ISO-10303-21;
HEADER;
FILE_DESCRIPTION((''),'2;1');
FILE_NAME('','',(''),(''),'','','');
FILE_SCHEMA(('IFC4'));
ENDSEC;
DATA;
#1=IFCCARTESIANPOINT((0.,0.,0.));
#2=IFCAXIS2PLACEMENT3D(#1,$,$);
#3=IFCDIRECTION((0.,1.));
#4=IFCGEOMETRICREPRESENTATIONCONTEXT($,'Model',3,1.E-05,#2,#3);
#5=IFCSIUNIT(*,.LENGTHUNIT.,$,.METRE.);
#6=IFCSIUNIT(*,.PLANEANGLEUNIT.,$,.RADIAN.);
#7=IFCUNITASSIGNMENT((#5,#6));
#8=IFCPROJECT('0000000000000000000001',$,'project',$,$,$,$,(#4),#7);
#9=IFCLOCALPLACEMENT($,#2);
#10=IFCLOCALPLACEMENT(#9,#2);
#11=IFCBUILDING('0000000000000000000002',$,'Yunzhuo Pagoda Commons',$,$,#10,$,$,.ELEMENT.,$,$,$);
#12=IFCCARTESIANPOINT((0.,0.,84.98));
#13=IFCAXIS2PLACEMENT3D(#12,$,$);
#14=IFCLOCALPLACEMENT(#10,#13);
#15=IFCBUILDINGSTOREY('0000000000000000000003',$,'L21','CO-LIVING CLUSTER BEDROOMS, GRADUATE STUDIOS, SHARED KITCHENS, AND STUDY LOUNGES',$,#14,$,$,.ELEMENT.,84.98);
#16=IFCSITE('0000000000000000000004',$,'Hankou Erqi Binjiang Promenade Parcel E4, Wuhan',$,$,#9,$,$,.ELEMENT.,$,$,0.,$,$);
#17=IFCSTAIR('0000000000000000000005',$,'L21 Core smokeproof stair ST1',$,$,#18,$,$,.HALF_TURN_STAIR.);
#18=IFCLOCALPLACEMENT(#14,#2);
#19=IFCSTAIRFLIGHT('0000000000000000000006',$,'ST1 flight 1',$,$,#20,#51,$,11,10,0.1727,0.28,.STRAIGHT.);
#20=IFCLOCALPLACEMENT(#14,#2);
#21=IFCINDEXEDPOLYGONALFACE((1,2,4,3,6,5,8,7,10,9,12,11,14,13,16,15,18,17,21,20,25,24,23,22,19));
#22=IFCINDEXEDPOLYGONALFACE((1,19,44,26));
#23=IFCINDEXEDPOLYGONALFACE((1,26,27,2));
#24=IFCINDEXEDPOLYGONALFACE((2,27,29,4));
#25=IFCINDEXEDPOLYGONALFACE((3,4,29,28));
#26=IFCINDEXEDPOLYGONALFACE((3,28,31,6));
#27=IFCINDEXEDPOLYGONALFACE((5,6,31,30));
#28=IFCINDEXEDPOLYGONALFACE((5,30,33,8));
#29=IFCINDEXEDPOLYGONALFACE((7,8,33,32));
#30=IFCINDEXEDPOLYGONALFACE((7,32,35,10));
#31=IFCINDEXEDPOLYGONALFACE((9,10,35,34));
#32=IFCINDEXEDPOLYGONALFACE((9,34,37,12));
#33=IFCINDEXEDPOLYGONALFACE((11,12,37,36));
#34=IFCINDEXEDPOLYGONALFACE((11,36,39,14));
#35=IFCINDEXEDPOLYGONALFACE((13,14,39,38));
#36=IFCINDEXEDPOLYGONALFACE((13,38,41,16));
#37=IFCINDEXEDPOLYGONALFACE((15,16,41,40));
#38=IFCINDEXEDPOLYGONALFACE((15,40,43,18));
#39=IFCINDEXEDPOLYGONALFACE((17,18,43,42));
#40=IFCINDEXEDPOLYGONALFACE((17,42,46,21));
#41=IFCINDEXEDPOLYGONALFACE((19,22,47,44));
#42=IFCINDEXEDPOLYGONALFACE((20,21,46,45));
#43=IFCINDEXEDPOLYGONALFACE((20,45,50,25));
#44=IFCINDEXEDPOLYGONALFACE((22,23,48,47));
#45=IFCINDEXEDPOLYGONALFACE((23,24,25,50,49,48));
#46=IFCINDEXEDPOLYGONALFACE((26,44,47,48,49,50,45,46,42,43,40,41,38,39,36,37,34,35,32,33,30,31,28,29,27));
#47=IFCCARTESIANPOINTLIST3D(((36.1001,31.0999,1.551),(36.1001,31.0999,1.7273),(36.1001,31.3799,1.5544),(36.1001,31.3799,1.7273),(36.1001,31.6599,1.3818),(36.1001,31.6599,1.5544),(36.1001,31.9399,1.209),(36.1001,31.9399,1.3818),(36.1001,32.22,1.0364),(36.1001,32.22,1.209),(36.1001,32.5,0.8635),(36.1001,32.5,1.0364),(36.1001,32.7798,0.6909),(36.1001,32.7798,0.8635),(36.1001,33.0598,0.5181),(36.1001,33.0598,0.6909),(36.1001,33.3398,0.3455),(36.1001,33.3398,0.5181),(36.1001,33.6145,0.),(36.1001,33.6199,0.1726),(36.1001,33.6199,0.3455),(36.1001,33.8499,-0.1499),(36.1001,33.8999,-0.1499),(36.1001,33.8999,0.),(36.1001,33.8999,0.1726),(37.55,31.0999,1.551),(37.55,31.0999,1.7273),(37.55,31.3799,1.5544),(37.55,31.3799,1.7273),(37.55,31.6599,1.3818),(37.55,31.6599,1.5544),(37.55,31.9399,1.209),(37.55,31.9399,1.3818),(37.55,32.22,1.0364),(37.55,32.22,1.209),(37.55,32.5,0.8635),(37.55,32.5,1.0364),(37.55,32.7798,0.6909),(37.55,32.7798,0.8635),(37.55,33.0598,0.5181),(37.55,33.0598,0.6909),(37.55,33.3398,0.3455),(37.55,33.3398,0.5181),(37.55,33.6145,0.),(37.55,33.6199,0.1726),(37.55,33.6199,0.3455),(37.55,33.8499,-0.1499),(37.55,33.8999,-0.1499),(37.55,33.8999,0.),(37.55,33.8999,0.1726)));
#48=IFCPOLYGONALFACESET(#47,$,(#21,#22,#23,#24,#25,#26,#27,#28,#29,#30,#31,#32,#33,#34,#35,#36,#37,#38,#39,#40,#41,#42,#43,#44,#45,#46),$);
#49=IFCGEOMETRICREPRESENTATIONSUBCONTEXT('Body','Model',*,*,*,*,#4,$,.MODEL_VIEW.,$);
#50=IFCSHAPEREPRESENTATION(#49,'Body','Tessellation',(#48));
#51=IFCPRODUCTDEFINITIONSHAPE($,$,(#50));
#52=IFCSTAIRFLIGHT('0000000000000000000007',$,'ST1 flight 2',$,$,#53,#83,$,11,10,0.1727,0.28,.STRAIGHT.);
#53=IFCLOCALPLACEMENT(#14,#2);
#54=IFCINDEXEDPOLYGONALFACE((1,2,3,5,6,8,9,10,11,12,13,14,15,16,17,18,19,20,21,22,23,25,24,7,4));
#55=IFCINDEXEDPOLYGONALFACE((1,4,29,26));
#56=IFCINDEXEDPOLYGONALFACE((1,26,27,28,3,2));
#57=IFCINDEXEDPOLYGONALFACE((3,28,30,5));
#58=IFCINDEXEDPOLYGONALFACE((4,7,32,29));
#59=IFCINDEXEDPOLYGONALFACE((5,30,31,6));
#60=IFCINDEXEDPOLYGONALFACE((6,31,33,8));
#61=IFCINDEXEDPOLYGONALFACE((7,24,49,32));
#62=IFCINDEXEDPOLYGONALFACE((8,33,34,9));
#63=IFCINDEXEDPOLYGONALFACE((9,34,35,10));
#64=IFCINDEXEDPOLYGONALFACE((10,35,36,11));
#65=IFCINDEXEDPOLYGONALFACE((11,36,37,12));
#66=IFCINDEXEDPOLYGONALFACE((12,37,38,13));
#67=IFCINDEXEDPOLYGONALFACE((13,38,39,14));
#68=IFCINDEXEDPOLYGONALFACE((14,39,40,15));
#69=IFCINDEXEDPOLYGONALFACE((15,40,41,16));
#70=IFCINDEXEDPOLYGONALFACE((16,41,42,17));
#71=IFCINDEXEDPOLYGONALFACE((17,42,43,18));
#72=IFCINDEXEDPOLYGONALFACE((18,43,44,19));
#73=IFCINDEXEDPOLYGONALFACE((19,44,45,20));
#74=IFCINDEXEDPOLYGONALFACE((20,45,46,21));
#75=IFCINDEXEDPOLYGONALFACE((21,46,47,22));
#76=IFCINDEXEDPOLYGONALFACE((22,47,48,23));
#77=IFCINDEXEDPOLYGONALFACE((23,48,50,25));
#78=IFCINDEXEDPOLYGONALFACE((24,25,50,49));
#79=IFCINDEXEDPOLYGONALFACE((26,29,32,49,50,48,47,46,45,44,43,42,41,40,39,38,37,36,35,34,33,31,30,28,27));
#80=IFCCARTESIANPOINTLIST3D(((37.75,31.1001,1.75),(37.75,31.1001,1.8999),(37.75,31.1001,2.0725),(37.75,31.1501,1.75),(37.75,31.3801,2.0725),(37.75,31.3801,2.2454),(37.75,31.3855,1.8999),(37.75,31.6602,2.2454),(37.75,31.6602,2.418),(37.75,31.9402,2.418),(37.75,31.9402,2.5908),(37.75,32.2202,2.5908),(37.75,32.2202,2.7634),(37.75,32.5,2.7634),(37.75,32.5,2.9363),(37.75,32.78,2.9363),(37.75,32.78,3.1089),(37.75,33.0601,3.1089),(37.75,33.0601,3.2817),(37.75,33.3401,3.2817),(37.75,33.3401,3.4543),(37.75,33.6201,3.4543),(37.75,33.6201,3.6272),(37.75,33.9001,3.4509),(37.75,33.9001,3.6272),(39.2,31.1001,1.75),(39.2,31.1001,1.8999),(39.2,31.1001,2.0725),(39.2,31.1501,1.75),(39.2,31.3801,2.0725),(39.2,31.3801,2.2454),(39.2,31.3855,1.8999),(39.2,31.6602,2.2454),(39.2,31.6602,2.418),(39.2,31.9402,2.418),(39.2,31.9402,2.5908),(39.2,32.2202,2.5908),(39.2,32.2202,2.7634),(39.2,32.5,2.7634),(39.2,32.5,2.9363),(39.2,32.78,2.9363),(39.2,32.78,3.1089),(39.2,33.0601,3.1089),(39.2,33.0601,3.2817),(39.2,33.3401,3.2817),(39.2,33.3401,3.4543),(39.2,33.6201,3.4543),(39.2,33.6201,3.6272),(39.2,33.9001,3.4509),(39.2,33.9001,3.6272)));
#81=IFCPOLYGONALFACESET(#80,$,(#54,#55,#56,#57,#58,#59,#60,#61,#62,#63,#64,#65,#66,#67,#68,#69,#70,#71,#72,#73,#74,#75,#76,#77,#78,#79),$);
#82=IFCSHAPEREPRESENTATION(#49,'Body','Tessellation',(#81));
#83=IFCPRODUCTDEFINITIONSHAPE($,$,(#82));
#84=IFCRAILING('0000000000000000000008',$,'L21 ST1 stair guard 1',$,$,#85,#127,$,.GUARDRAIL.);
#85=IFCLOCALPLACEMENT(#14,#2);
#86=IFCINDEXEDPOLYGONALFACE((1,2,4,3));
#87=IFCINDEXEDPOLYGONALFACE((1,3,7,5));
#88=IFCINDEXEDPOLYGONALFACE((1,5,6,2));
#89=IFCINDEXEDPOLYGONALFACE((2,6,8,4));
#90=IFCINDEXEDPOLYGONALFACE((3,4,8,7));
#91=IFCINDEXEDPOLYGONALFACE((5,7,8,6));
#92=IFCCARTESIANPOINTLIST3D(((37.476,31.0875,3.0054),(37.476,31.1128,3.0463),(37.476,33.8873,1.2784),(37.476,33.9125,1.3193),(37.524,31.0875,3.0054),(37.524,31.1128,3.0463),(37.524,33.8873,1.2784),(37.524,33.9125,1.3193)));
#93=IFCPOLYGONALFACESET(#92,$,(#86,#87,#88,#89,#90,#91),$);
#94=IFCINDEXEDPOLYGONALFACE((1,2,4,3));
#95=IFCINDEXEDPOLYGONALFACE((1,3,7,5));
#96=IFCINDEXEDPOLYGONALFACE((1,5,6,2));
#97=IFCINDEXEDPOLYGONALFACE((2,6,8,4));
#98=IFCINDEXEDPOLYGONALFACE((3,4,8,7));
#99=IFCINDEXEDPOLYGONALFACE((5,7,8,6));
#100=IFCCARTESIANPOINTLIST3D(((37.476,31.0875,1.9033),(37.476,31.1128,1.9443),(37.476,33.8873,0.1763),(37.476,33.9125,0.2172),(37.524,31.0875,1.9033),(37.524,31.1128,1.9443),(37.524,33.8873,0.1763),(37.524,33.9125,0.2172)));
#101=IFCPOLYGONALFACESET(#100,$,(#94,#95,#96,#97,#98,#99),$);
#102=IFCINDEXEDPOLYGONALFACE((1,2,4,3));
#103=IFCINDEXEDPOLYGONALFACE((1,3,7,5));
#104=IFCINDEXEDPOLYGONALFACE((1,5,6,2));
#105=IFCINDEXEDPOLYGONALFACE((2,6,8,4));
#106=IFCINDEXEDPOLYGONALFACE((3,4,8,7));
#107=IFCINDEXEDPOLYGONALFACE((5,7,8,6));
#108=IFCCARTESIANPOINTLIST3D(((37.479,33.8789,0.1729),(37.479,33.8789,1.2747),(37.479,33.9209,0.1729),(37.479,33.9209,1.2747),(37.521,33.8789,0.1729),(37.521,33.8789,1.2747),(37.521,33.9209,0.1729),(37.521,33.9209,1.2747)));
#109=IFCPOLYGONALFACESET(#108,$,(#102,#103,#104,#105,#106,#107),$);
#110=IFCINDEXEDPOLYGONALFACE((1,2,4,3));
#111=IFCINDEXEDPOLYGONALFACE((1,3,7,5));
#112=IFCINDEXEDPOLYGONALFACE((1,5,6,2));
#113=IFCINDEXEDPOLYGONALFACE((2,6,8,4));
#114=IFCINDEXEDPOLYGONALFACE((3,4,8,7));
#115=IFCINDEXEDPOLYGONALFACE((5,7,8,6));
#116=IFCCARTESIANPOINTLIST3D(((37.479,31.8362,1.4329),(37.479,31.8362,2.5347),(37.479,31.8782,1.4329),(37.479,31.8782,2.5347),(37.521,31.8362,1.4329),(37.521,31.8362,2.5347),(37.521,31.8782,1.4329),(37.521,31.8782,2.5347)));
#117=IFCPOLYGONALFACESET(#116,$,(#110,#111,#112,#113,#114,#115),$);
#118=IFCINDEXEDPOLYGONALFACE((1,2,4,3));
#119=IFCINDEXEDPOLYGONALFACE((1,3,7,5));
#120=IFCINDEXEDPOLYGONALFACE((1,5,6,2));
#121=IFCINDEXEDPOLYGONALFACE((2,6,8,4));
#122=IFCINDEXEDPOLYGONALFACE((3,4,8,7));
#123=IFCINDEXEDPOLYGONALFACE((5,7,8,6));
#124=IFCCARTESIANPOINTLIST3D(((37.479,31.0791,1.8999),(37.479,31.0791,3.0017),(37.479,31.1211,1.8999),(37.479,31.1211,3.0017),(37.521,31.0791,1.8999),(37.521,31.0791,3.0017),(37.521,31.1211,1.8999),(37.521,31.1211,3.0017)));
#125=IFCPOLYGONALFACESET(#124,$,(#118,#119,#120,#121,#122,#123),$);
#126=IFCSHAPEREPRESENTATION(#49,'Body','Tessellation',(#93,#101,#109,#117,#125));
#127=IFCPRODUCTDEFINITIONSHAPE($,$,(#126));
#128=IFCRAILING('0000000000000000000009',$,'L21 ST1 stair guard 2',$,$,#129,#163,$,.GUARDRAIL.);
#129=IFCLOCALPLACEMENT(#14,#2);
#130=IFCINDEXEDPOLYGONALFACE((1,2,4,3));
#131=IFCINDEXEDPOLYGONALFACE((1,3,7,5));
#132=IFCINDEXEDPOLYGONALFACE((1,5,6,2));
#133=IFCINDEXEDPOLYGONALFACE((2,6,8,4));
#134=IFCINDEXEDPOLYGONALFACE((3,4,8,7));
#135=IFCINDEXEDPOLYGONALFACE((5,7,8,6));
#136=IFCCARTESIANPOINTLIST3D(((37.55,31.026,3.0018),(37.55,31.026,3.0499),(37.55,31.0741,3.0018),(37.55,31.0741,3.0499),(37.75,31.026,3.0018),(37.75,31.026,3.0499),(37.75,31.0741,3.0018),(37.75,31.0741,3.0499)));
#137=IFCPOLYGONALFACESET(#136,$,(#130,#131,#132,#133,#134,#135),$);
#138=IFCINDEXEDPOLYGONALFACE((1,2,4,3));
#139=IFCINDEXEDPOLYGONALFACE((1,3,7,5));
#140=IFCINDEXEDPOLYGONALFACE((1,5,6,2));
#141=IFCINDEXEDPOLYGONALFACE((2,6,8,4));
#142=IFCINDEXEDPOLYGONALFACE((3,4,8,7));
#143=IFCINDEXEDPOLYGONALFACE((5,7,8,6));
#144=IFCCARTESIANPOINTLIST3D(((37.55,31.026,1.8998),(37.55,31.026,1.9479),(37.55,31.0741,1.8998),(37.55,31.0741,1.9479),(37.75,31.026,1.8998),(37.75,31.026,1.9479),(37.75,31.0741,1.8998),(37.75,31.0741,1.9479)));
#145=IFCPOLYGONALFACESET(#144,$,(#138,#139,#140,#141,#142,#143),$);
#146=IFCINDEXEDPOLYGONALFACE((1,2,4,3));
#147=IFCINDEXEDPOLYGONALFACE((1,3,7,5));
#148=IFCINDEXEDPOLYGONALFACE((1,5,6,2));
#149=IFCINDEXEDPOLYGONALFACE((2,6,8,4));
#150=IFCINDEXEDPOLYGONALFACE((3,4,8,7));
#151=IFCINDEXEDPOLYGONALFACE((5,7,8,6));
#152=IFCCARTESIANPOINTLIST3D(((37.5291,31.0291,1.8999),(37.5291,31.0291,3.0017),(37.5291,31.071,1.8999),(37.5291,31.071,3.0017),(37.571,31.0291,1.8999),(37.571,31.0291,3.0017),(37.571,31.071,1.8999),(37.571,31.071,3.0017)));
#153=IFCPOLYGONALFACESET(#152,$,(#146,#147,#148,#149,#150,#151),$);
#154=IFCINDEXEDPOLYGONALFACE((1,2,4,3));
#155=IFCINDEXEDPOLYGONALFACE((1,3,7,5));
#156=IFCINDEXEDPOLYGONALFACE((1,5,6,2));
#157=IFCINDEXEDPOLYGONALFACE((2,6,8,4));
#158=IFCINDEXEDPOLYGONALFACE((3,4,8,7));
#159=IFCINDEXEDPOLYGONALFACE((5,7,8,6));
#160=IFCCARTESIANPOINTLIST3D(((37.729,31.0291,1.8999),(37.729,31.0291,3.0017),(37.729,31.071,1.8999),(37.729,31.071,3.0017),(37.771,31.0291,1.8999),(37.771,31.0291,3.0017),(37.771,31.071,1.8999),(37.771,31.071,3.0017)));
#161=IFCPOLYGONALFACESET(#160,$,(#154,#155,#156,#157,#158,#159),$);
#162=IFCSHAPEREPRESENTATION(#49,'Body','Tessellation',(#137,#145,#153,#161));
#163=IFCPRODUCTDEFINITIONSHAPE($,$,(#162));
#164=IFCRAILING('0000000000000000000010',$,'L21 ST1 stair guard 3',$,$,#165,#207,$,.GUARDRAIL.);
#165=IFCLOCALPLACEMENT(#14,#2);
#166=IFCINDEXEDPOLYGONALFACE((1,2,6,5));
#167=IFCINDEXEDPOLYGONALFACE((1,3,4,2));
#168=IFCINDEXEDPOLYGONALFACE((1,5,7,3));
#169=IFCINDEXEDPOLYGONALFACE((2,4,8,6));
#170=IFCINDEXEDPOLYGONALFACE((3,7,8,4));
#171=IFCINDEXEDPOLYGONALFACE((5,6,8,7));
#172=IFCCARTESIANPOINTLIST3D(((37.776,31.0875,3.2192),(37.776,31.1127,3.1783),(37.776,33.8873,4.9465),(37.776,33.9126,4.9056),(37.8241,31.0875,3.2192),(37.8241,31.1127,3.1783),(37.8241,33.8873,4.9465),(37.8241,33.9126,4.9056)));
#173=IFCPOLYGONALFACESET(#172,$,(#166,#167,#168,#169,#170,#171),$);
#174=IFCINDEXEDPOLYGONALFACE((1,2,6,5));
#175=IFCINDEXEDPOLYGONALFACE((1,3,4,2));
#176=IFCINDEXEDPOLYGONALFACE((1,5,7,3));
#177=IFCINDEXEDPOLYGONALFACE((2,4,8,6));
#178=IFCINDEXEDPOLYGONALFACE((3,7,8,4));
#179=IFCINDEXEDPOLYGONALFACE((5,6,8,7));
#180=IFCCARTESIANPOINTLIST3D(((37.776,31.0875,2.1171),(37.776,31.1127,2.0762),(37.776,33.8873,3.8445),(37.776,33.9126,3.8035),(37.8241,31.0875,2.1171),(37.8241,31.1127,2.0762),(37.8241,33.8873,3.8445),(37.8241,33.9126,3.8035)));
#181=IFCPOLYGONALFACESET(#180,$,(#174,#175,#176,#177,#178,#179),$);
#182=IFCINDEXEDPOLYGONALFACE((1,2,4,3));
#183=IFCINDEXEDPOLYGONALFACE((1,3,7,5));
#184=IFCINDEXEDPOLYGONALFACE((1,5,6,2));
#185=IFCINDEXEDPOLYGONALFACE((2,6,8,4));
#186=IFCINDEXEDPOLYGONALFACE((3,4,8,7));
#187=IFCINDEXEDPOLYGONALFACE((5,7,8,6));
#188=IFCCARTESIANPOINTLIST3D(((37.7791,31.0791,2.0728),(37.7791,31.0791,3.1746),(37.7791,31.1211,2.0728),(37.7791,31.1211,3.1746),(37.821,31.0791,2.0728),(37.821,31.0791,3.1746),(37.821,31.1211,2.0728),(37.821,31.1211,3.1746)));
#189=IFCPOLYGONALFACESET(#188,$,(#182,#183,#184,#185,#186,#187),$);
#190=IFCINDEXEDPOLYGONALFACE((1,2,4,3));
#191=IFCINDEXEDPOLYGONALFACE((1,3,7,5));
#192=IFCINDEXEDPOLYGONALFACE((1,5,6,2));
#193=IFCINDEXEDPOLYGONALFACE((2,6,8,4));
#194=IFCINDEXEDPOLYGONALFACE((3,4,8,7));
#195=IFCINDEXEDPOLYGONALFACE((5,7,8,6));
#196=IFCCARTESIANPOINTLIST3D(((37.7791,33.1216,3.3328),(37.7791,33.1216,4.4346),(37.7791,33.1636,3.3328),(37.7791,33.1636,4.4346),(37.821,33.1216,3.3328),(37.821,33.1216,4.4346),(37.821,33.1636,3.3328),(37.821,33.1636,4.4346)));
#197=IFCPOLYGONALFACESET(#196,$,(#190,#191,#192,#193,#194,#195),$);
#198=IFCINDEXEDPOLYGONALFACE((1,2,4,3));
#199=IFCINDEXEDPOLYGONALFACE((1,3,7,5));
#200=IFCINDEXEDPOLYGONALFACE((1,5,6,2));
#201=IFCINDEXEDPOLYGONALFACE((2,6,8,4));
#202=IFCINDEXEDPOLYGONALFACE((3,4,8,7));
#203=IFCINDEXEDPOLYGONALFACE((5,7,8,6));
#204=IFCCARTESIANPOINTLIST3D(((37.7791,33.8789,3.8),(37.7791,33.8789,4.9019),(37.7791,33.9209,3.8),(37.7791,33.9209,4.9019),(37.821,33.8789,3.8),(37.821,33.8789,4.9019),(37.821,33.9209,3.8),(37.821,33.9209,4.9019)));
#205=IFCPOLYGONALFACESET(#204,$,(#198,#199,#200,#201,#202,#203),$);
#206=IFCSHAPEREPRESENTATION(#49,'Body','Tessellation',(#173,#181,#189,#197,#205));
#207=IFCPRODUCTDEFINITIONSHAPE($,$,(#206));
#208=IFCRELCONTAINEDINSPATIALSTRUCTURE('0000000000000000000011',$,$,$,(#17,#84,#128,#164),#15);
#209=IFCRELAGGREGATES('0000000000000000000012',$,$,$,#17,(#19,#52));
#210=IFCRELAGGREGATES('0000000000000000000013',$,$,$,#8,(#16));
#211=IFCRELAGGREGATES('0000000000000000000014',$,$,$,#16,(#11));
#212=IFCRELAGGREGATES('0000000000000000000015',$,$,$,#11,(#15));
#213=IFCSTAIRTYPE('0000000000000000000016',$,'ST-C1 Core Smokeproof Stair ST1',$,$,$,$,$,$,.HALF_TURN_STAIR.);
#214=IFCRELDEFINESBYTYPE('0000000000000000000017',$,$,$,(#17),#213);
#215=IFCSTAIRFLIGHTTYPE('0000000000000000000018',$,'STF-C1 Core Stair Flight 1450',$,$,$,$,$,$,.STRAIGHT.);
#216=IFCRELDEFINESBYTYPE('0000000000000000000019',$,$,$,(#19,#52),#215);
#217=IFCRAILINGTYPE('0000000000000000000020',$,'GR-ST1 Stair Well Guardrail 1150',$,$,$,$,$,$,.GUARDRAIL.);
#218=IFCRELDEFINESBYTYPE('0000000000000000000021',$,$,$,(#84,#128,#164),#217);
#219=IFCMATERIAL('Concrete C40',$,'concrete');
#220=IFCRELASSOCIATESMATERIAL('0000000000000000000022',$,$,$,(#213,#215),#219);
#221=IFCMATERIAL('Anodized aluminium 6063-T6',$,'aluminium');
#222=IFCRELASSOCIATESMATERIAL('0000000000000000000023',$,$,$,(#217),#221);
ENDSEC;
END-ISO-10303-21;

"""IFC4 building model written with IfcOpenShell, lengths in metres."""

from ifc_helpers import new_model, si_unit, direction, frame, origin, origin_2d, place, context, subcontext, project, spatial, polyline, rectangle, outline, extrude, source, transform, mapped, material, type_object, element, aggregate, save


model = new_model("IFC4")

# Units and contexts
model_context = context("Model", 3, precision=1e-05, world=origin(), true_north=direction((0.0, 1.0)))
body_context = subcontext(model_context, "Body", "Model", "MODEL_VIEW")
ifc_project = project(units=[si_unit("LENGTHUNIT", "METRE"), si_unit("PLANEANGLEUNIT", "RADIAN")], contexts=[model_context])

# Site, building, storey
site_placement = place(None, origin())
site = spatial("IfcSite", under=ifc_project, at=site_placement, Name="Hankou Erqi Binjiang Promenade Parcel E4, Wuhan", CompositionType="ELEMENT", RefElevation=0.0)
building_placement = place(site_placement, origin())
building = spatial("IfcBuilding", under=site, at=building_placement, Name="Yunzhuo Pagoda Commons", CompositionType="ELEMENT")
storey_placement = place(building_placement, frame((0.0, 0.0, 84.98)))
storey = spatial("IfcBuildingStorey", under=building, at=storey_placement, Name="L21", Description="CO-LIVING CLUSTER BEDROOMS, GRADUATE STUDIOS, SHARED KITCHENS, AND STUDY LOUNGES", CompositionType="ELEMENT", Elevation=84.98)

# Shared definitions
ifc_material_1 = material(Name="Concrete C40", Category="concrete")

# Stair, stair flights
stair_type = type_object("IfcStairType", Name="ST-C1 Core Smokeproof Stair ST1", PredefinedType="HALF_TURN_STAIR", material=ifc_material_1)
stair_placement = place(storey_placement, origin())
stair = element("IfcStair", 1, at=stair_placement, inside=storey, type_object=stair_type, Name="L21 Core smokeproof stair ST1", PredefinedType="HALF_TURN_STAIR")
stair_flight_type = type_object("IfcStairFlightType", Name="STF-C1 Core Stair Flight 1450", PredefinedType="STRAIGHT", material=ifc_material_1)
shared_shape_1 = source(origin(), body_context, "Body", "SweptSolid", [
    extrude(outline(polyline([(0.0, -0.1499), (0.0, 0.0), (0.0, 0.1726), (0.28, 0.1726), (0.28, 0.3455), (0.5601, 0.3455), (0.5601, 0.5181), (0.8401, 0.5181), (0.8401, 0.6909), (1.1201, 0.6909), (1.1201, 0.8635), (1.3999, 0.8635), (1.3999, 1.0364), (1.6799, 1.0364), (1.6799, 1.209), (1.96, 1.209), (1.96, 1.3818), (2.24, 1.3818), (2.24, 1.5544), (2.52, 1.5544), (2.52, 1.7273), (2.8, 1.7273), (2.8, 1.8999), (2.8, 1.551), (0.2854, 0.0), (0.05, -0.1499), (0.0, -0.1499)])), frame((0.0, 0.7251, 0.0), z_axis=(0.0, -1.0, 0.0), x_axis=(1.0, 0.0, 0.0)), (0.0, 0.0, 1.0), 1.45),
])
stair_flight_1_placement = place(storey_placement, frame((36.825, 33.8999, 0.0), z_axis=(0.0, 0.0, 1.0), x_axis=(0.0, -1.0, 0.0)))
stair_flight_1 = element("IfcStairFlight", 2, at=stair_flight_1_placement, type_object=stair_flight_type, Name="ST1 flight 1", NumberOfRisers=11, NumberOfTreads=10, PredefinedType="STRAIGHT", RiserHeight=0.1727, TreadLength=0.28, context=body_context, shape_type="MappedRepresentation", body=[
    mapped(shared_shape_1, transform((0.0, 0.0, 0.0), scale=1.0)),
])
stair_flight_2_placement = place(storey_placement, frame((38.4751, 31.1001, 1.8999), z_axis=(0.0, 0.0, 1.0), x_axis=(0.0, 1.0, 0.0)))
stair_flight_2 = element("IfcStairFlight", 3, at=stair_flight_2_placement, type_object=stair_flight_type, Name="ST1 flight 2", NumberOfRisers=11, NumberOfTreads=10, PredefinedType="STRAIGHT", RiserHeight=0.1727, TreadLength=0.28, context=body_context, shape_type="MappedRepresentation", body=[
    mapped(shared_shape_1, transform((0.0, 0.0, 0.0), scale=1.0)),
])
aggregate(stair, [stair_flight_1, stair_flight_2])

# Railings
ifc_material_2 = material(Name="Anodized aluminium 6063-T6", Category="aluminium")
railing_type_1 = type_object("IfcRailingType", Name="GR-ST1 Stair Well Guardrail 1150", PredefinedType="GUARDRAIL", material=ifc_material_2)
railing_1_placement = place(storey_placement, frame((37.5, 33.8999, 0.1729)))
element("IfcRailing", 4, at=railing_1_placement, inside=storey, type_object=railing_type_1, Name="L21 ST1 stair guard 1", PredefinedType="GUARDRAIL", context=body_context, shape_type="SweptSolid", body=[
    extrude(rectangle(XDim=0.0481, YDim=0.0481, at=origin_2d()), frame((0.0, 0.0, 1.126), z_axis=(0.0, -0.851102, 0.525), x_axis=(1.0, 0.0, 0.0)), (0.0, 0.0, 1.0), 3.2896),
    extrude(rectangle(XDim=0.0481, YDim=0.0481, at=origin_2d()), frame((0.0, 0.0, 0.0239), z_axis=(0.0, -0.851102, 0.525), x_axis=(1.0, 0.0, 0.0)), (0.0, 0.0, 1.0), 3.2896),
    extrude(rectangle(XDim=0.042, YDim=0.042, at=origin_2d()), origin(), (0.0, 0.0, 1.0), 1.1018),
    extrude(rectangle(XDim=0.042, YDim=0.042, at=origin_2d()), frame((0.0, -2.0427, 1.26)), (0.0, 0.0, 1.0), 1.1018),
    extrude(rectangle(XDim=0.042, YDim=0.042, at=origin_2d()), frame((0.0, -2.7998, 1.7271)), (0.0, 0.0, 1.0), 1.1018),
])
railing_2_placement = place(storey_placement, frame((37.55, 31.05, 1.8999)))
element("IfcRailing", 5, at=railing_2_placement, inside=storey, type_object=railing_type_1, Name="L21 ST1 stair guard 2", PredefinedType="GUARDRAIL", context=body_context, shape_type="SweptSolid", body=[
    extrude(rectangle(XDim=0.0481, YDim=0.0481, at=origin_2d()), frame((0.0, 0.0, 1.126), z_axis=(1.0, 0.0, 0.0), x_axis=(0.0, 1.0, 0.0)), (0.0, 0.0, 1.0), 0.2),
    extrude(rectangle(XDim=0.0481, YDim=0.0481, at=origin_2d()), frame((0.0, 0.0, 0.0239), z_axis=(1.0, 0.0, 0.0), x_axis=(0.0, 1.0, 0.0)), (0.0, 0.0, 1.0), 0.2),
    extrude(rectangle(XDim=0.042, YDim=0.042, at=origin_2d()), origin(), (0.0, 0.0, 1.0), 1.1018),
    extrude(rectangle(XDim=0.042, YDim=0.042, at=origin_2d()), frame((0.2, 0.0, 0.0)), (0.0, 0.0, 1.0), 1.1018),
])
railing_3_placement = place(storey_placement, frame((37.8, 31.1001, 2.0728)))
element("IfcRailing", 6, at=railing_3_placement, inside=storey, type_object=railing_type_1, Name="L21 ST1 stair guard 3", PredefinedType="GUARDRAIL", context=body_context, shape_type="SweptSolid", body=[
    extrude(rectangle(XDim=0.0481, YDim=0.0481, at=origin_2d()), frame((0.0, 0.0, 1.126), z_axis=(0.0, 0.851069, 0.525054), x_axis=(-1.0, 0.0, 0.0)), (0.0, 0.0, 1.0), 3.2898),
    extrude(rectangle(XDim=0.0481, YDim=0.0481, at=origin_2d()), frame((0.0, 0.0, 0.0239), z_axis=(0.0, 0.851069, 0.525054), x_axis=(-1.0, 0.0, 0.0)), (0.0, 0.0, 1.0), 3.2898),
    extrude(rectangle(XDim=0.042, YDim=0.042, at=origin_2d()), origin(), (0.0, 0.0, 1.0), 1.1018),
    extrude(rectangle(XDim=0.042, YDim=0.042, at=origin_2d()), frame((0.0, 2.0425, 1.26)), (0.0, 0.0, 1.0), 1.1018),
    extrude(rectangle(XDim=0.042, YDim=0.042, at=origin_2d()), frame((0.0, 2.7998, 1.7273)), (0.0, 0.0, 1.0), 1.1018),
])

save(model, "model.ifc")
